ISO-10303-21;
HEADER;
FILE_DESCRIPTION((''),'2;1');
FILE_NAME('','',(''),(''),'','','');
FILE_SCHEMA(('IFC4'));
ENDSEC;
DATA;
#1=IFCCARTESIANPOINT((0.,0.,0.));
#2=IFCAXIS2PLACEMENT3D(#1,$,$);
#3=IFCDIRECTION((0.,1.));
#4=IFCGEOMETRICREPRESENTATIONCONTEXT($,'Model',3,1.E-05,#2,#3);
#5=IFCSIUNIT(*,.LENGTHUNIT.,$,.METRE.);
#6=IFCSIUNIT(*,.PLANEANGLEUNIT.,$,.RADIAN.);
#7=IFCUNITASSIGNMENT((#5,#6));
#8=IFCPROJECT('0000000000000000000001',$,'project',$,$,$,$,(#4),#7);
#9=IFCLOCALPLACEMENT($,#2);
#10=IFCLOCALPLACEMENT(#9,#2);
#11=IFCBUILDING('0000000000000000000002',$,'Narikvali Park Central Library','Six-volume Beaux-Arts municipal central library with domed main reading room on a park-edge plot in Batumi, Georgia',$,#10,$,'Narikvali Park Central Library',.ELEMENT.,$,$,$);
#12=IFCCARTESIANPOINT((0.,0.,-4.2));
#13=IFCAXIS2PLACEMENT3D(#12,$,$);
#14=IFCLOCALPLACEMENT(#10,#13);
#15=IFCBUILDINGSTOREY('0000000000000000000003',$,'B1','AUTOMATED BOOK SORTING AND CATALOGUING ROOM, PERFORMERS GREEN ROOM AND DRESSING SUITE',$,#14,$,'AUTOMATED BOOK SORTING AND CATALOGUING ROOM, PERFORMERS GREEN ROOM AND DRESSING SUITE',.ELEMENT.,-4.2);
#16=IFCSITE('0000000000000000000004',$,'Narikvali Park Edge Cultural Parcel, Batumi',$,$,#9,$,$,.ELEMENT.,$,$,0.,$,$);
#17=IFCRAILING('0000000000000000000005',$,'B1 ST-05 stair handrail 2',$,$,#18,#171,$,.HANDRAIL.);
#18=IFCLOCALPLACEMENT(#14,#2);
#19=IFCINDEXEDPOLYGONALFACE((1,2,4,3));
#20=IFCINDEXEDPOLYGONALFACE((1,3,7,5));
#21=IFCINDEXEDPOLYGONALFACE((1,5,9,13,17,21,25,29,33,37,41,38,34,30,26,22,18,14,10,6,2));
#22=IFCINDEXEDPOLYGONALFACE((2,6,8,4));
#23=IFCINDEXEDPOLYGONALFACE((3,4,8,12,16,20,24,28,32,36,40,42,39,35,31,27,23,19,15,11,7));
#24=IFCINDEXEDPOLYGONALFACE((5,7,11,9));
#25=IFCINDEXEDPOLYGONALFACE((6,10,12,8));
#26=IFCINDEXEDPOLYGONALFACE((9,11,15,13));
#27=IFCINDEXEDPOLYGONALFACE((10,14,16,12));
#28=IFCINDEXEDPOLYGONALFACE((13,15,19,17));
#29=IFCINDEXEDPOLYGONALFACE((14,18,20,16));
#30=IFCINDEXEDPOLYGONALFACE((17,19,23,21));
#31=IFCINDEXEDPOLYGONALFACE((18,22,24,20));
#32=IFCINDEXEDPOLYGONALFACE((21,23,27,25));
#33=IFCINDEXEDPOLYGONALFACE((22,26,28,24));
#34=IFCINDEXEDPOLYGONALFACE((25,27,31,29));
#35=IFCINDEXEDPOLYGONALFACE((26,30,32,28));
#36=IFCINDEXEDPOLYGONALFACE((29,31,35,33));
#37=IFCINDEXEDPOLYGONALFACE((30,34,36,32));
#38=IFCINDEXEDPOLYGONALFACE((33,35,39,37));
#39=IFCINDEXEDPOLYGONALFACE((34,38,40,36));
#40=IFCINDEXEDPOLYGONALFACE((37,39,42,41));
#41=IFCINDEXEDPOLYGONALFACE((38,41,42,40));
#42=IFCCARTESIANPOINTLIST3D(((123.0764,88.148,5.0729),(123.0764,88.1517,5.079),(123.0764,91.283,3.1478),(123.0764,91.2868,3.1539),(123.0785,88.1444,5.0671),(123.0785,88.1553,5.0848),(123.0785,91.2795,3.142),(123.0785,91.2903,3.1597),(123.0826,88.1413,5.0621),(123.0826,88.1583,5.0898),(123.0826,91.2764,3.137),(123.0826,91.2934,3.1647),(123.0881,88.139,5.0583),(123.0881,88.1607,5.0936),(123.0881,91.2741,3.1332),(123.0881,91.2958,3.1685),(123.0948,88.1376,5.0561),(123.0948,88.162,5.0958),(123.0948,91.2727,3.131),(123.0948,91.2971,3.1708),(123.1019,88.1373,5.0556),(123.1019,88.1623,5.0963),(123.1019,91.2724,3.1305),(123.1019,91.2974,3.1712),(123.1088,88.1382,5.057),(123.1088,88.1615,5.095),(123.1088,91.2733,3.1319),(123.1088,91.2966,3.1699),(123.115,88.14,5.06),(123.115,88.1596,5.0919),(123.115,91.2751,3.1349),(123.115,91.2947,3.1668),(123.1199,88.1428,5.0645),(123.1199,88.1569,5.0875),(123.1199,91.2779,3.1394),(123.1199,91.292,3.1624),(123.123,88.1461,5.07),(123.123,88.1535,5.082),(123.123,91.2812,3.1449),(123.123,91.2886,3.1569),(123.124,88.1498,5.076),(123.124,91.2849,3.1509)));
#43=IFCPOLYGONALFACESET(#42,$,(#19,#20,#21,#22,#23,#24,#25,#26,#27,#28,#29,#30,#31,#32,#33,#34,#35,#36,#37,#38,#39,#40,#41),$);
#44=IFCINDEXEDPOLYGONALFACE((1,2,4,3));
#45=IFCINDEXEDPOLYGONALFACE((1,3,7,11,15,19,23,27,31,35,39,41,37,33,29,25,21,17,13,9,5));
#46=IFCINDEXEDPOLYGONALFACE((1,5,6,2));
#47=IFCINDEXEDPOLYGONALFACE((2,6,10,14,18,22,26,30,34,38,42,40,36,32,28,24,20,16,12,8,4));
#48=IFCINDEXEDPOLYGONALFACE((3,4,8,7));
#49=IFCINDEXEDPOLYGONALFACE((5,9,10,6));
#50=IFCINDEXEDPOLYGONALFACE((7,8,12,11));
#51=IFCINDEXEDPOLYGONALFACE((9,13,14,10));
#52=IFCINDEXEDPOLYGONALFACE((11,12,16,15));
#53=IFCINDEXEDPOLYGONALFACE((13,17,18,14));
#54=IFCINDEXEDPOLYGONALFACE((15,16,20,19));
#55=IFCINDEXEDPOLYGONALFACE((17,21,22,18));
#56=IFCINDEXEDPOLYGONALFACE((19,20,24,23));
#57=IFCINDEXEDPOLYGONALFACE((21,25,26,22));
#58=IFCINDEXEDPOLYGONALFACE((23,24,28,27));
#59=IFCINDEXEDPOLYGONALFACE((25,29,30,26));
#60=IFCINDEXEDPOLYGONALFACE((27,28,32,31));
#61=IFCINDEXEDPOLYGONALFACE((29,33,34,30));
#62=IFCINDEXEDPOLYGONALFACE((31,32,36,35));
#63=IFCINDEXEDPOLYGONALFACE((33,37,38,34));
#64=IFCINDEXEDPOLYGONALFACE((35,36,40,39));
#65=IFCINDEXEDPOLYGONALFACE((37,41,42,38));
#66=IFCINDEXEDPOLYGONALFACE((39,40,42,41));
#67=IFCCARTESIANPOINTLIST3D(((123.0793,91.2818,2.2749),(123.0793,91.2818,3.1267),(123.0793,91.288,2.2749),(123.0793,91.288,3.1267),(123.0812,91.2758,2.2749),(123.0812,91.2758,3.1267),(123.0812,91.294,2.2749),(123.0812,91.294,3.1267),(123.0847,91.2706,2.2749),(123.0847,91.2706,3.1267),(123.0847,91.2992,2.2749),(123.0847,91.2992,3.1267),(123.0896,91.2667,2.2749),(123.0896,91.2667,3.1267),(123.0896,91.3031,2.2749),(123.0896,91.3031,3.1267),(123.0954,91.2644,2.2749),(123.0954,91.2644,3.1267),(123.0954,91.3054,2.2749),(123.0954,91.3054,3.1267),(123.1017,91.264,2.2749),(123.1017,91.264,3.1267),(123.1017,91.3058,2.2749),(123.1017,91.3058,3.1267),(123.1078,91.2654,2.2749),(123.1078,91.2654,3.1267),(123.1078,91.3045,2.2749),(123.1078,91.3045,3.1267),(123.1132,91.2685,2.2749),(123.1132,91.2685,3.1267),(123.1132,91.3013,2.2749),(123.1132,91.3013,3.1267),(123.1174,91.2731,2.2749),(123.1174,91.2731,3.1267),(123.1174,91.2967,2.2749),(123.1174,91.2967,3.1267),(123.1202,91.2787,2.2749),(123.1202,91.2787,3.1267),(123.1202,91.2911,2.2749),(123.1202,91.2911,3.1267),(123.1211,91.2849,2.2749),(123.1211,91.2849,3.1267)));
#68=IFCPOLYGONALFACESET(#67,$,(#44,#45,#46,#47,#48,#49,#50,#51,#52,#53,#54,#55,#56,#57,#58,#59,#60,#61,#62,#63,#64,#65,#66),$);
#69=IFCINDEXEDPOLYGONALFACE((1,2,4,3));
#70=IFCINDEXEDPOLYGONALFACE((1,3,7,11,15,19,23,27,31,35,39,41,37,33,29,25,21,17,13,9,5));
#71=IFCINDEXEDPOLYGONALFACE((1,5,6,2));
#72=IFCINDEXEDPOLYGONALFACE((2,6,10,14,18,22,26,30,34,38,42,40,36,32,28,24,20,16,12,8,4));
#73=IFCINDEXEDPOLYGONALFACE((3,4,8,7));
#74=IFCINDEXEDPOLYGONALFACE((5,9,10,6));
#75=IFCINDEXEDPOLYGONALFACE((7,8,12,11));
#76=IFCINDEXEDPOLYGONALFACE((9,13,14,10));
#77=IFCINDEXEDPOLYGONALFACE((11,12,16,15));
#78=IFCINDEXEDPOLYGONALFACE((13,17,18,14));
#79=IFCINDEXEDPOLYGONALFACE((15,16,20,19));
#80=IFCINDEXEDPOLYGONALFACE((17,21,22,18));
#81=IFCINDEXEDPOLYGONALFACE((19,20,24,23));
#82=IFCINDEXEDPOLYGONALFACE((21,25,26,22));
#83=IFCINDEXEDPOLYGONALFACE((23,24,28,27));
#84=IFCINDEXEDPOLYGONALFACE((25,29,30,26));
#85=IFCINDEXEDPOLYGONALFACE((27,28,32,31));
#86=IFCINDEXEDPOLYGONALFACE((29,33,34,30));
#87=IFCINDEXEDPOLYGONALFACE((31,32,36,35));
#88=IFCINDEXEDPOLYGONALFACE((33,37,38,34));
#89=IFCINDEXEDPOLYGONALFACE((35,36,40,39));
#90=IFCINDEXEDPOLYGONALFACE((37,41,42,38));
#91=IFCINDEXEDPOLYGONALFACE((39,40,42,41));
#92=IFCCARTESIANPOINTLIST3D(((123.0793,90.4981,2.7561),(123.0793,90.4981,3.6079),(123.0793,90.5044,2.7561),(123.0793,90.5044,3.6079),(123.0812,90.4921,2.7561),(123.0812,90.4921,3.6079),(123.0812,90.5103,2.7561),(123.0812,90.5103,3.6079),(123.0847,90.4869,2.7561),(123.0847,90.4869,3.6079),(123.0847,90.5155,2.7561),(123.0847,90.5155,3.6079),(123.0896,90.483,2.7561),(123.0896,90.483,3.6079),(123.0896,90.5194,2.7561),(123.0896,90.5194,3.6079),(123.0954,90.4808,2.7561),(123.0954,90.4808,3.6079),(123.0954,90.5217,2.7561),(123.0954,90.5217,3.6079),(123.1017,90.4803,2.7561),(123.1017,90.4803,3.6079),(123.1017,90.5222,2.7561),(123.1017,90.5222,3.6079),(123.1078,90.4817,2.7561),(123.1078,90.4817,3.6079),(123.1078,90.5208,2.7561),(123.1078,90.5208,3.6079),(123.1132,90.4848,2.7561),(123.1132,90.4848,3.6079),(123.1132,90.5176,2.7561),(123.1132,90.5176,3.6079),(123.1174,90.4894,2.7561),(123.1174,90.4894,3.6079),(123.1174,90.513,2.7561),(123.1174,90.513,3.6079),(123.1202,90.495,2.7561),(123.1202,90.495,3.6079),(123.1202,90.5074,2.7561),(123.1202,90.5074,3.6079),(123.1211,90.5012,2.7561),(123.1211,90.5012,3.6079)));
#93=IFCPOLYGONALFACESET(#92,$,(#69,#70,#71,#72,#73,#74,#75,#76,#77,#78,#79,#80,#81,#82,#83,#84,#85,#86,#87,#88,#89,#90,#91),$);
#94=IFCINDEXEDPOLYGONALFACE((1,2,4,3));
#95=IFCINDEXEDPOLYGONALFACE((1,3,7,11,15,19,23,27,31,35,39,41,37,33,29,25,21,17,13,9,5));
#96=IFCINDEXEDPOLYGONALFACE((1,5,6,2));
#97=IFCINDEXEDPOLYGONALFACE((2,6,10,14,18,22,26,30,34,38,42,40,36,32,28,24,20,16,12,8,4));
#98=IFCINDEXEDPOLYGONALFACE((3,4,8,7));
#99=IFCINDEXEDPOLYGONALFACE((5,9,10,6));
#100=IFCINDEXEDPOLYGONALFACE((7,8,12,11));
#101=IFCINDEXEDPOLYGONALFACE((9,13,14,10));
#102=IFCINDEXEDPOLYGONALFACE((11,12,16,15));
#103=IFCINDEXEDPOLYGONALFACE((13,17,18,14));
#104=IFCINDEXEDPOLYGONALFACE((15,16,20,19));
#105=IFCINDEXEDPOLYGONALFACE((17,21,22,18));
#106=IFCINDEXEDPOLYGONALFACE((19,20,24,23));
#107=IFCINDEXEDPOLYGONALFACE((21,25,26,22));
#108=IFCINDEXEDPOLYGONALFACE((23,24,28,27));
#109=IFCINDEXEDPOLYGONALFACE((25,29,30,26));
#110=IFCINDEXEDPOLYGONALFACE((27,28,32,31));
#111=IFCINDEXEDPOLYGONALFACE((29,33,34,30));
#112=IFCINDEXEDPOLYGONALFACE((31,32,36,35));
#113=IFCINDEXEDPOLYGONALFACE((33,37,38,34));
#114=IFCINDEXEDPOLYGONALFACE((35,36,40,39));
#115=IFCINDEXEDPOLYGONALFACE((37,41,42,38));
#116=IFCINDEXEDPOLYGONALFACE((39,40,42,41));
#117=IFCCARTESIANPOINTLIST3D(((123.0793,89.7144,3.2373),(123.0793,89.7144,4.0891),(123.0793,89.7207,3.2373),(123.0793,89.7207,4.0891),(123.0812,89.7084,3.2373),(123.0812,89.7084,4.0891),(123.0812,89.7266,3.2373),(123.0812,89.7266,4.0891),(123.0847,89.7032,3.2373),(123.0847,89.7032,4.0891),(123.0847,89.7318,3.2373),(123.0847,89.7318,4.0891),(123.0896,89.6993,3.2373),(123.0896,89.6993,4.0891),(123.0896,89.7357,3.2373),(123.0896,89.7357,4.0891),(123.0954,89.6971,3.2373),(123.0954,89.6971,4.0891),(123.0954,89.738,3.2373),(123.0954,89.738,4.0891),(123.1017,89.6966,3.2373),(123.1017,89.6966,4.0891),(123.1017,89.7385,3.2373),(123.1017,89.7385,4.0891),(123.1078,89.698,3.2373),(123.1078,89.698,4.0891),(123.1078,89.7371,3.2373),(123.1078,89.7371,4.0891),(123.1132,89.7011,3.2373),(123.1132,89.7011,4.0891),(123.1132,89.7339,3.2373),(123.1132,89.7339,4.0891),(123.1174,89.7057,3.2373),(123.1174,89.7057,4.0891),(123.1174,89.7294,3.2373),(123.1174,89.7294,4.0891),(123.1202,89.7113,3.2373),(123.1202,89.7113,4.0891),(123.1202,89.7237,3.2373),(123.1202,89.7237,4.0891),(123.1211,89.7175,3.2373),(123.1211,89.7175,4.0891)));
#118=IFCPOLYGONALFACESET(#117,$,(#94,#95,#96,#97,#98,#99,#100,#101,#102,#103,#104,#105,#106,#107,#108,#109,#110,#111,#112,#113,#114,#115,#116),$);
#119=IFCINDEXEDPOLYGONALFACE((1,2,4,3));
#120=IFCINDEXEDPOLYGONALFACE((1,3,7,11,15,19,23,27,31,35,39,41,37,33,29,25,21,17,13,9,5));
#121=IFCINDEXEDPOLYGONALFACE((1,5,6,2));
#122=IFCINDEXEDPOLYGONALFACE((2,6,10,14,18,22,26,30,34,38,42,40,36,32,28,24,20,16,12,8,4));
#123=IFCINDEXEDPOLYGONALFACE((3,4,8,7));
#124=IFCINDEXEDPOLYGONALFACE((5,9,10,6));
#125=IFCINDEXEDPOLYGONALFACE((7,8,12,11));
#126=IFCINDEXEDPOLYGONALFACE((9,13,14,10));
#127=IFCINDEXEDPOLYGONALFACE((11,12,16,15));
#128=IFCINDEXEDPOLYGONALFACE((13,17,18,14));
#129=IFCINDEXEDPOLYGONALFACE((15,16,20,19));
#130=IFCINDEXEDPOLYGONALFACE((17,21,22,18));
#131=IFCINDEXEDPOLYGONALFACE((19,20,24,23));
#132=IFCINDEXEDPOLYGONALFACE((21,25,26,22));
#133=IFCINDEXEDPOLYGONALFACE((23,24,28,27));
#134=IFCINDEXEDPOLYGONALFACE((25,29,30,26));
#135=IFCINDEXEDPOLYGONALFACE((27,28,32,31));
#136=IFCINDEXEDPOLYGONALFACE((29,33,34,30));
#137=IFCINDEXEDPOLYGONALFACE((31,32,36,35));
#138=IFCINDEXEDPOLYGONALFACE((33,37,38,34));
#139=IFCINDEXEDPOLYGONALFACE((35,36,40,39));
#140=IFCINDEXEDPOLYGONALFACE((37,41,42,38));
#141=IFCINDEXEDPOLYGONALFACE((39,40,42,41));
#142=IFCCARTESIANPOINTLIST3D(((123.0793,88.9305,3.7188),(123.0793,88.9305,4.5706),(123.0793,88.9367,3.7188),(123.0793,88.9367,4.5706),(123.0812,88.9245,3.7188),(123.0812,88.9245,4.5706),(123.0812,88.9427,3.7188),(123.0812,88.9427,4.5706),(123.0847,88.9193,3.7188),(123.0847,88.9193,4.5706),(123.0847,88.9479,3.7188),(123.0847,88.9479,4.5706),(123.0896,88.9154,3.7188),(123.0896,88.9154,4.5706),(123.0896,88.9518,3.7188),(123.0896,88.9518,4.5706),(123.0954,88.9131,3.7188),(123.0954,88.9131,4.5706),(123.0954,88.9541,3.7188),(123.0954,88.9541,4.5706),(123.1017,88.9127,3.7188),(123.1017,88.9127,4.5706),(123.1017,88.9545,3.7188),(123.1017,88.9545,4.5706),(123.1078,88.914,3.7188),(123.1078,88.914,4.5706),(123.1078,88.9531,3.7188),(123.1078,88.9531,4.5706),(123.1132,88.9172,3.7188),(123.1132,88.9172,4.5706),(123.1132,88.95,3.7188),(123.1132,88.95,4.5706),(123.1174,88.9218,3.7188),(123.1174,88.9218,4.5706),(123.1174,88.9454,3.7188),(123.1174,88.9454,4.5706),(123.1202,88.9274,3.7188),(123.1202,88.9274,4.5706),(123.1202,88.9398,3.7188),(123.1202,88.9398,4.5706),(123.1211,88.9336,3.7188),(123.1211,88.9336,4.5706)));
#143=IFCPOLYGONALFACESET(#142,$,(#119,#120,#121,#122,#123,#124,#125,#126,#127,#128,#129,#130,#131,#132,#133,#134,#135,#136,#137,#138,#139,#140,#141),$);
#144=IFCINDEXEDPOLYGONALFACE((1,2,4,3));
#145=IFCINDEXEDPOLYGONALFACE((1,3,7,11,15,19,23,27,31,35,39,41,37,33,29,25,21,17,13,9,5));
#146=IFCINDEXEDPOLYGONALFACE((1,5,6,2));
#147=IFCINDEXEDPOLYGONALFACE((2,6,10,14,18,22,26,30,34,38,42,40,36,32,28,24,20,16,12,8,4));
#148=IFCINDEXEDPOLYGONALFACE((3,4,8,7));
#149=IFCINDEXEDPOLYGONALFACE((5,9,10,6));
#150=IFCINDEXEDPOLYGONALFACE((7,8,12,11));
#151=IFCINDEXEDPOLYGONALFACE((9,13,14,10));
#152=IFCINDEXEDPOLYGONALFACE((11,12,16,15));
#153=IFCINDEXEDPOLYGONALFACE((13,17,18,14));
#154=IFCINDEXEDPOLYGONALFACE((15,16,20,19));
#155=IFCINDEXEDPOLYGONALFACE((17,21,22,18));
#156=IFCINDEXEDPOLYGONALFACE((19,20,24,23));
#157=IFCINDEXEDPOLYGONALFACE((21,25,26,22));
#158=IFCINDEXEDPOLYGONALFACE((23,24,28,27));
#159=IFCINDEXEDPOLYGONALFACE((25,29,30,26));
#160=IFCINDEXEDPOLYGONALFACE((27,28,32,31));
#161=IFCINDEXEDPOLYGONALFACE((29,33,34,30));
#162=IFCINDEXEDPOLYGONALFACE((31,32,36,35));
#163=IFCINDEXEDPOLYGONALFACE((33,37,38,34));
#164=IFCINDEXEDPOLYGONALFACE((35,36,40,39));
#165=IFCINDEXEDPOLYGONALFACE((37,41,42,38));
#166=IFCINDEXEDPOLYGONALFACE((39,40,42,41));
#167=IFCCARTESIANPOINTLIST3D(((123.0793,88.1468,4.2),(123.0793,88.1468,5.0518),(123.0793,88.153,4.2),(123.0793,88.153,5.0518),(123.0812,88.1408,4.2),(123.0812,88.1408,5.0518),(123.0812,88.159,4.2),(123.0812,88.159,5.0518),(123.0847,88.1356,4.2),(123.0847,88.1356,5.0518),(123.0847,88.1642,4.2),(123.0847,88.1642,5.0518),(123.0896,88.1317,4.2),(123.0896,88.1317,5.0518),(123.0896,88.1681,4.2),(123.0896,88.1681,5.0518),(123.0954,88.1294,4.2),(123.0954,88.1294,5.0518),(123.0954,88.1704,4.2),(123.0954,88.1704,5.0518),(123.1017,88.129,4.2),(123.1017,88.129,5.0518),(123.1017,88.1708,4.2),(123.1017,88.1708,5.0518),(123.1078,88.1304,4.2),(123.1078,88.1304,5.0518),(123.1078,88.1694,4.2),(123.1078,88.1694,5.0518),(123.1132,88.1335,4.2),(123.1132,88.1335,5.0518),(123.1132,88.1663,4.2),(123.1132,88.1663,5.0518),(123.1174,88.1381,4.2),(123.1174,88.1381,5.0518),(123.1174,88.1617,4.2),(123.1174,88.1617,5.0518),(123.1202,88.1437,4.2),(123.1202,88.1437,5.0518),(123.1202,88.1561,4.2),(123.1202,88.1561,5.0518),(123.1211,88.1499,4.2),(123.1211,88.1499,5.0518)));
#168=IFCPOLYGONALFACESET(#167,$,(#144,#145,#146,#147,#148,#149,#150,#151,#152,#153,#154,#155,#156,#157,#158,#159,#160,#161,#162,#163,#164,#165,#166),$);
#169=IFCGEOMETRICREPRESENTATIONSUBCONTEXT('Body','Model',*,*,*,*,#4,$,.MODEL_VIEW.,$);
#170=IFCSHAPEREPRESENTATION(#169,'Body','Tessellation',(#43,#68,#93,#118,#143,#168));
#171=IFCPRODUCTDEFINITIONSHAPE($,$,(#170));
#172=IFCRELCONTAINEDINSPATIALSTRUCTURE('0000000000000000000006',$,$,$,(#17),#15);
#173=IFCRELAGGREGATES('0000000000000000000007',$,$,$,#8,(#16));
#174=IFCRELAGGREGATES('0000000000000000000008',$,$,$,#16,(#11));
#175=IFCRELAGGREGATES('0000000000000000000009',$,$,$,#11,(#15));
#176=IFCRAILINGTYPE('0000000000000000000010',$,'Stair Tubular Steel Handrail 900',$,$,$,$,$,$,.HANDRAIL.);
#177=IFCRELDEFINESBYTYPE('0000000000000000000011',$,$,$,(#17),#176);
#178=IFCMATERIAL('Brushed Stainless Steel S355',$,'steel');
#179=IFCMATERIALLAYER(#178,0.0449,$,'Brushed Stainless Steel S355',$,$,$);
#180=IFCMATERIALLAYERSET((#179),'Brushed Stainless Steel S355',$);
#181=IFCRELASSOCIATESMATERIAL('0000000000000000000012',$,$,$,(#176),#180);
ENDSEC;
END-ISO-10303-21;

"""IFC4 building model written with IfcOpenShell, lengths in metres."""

from ifc_helpers import new_model, si_unit, direction, frame, origin, origin_2d, place, context, subcontext, project, spatial, circle, extrude, material, layer, layer_set, type_object, element, save


model = new_model("IFC4")

# Units and contexts
model_context = context("Model", 3, precision=1e-05, world=origin(), true_north=direction((0.0, 1.0)))
body_context = subcontext(model_context, "Body", "Model", "MODEL_VIEW")
ifc_project = project(units=[si_unit("LENGTHUNIT", "METRE"), si_unit("PLANEANGLEUNIT", "RADIAN")], contexts=[model_context])

# Site, building, storey
site_placement = place(None, origin())
site = spatial("IfcSite", under=ifc_project, at=site_placement, Name="Narikvali Park Edge Cultural Parcel, Batumi", CompositionType="ELEMENT", RefElevation=0.0)
building_placement = place(site_placement, origin())
building = spatial("IfcBuilding", under=site, at=building_placement, Name="Narikvali Park Central Library", Description="Six-volume Beaux-Arts municipal central library with domed main reading room on a park-edge plot in Batumi, Georgia", LongName="Narikvali Park Central Library", CompositionType="ELEMENT")
storey_placement = place(building_placement, frame((0.0, 0.0, -4.2)))
storey = spatial("IfcBuildingStorey", under=building, at=storey_placement, Name="B1", Description="AUTOMATED BOOK SORTING AND CATALOGUING ROOM, PERFORMERS GREEN ROOM AND DRESSING SUITE", LongName="AUTOMATED BOOK SORTING AND CATALOGUING ROOM, PERFORMERS GREEN ROOM AND DRESSING SUITE", CompositionType="ELEMENT", Elevation=-4.2)

# Shared definitions
ifc_material_1 = material(Name="Brushed Stainless Steel S355", Category="steel")

# Railing
ifc_layer_1 = layer(ifc_material_1, 0.0449, Name="Brushed Stainless Steel S355")
ifc_layer_set_1 = layer_set([ifc_layer_1], Name="Brushed Stainless Steel S355")
railing_type_1 = type_object("IfcRailingType", Name="Stair Tubular Steel Handrail 900", PredefinedType="HANDRAIL", material=ifc_layer_set_1)
railing_1_placement = place(storey_placement, frame((123.1001, 91.2849, 2.2749)))
element("IfcRailing", 1, at=railing_1_placement, inside=storey, type_object=railing_type_1, Name="B1 ST-05 stair handrail 2", PredefinedType="HANDRAIL", context=body_context, shape_type="SweptSolid", body=[
    extrude(circle(Radius=0.0239, at=origin_2d()), frame((0.0, 0.0, 0.876), z_axis=(0.0, -0.852166, 0.523271), x_axis=(1.0, 0.0, 0.0)), (0.0, 0.0, 1.0), 3.679),
    extrude(circle(Radius=0.021, at=origin_2d()), origin(), (0.0, 0.0, 1.0), 0.8518),
    extrude(circle(Radius=0.021, at=origin_2d()), frame((0.0, -0.7837, 0.4812)), (0.0, 0.0, 1.0), 0.8518),
    extrude(circle(Radius=0.021, at=origin_2d()), frame((0.0, -1.5674, 0.9624)), (0.0, 0.0, 1.0), 0.8518),
    extrude(circle(Radius=0.021, at=origin_2d()), frame((0.0, -2.3513, 1.4438)), (0.0, 0.0, 1.0), 0.8518),
    extrude(circle(Radius=0.021, at=origin_2d()), frame((0.0, -3.135, 1.925)), (0.0, 0.0, 1.0), 0.8518),
])

save(model, "model.ifc")
